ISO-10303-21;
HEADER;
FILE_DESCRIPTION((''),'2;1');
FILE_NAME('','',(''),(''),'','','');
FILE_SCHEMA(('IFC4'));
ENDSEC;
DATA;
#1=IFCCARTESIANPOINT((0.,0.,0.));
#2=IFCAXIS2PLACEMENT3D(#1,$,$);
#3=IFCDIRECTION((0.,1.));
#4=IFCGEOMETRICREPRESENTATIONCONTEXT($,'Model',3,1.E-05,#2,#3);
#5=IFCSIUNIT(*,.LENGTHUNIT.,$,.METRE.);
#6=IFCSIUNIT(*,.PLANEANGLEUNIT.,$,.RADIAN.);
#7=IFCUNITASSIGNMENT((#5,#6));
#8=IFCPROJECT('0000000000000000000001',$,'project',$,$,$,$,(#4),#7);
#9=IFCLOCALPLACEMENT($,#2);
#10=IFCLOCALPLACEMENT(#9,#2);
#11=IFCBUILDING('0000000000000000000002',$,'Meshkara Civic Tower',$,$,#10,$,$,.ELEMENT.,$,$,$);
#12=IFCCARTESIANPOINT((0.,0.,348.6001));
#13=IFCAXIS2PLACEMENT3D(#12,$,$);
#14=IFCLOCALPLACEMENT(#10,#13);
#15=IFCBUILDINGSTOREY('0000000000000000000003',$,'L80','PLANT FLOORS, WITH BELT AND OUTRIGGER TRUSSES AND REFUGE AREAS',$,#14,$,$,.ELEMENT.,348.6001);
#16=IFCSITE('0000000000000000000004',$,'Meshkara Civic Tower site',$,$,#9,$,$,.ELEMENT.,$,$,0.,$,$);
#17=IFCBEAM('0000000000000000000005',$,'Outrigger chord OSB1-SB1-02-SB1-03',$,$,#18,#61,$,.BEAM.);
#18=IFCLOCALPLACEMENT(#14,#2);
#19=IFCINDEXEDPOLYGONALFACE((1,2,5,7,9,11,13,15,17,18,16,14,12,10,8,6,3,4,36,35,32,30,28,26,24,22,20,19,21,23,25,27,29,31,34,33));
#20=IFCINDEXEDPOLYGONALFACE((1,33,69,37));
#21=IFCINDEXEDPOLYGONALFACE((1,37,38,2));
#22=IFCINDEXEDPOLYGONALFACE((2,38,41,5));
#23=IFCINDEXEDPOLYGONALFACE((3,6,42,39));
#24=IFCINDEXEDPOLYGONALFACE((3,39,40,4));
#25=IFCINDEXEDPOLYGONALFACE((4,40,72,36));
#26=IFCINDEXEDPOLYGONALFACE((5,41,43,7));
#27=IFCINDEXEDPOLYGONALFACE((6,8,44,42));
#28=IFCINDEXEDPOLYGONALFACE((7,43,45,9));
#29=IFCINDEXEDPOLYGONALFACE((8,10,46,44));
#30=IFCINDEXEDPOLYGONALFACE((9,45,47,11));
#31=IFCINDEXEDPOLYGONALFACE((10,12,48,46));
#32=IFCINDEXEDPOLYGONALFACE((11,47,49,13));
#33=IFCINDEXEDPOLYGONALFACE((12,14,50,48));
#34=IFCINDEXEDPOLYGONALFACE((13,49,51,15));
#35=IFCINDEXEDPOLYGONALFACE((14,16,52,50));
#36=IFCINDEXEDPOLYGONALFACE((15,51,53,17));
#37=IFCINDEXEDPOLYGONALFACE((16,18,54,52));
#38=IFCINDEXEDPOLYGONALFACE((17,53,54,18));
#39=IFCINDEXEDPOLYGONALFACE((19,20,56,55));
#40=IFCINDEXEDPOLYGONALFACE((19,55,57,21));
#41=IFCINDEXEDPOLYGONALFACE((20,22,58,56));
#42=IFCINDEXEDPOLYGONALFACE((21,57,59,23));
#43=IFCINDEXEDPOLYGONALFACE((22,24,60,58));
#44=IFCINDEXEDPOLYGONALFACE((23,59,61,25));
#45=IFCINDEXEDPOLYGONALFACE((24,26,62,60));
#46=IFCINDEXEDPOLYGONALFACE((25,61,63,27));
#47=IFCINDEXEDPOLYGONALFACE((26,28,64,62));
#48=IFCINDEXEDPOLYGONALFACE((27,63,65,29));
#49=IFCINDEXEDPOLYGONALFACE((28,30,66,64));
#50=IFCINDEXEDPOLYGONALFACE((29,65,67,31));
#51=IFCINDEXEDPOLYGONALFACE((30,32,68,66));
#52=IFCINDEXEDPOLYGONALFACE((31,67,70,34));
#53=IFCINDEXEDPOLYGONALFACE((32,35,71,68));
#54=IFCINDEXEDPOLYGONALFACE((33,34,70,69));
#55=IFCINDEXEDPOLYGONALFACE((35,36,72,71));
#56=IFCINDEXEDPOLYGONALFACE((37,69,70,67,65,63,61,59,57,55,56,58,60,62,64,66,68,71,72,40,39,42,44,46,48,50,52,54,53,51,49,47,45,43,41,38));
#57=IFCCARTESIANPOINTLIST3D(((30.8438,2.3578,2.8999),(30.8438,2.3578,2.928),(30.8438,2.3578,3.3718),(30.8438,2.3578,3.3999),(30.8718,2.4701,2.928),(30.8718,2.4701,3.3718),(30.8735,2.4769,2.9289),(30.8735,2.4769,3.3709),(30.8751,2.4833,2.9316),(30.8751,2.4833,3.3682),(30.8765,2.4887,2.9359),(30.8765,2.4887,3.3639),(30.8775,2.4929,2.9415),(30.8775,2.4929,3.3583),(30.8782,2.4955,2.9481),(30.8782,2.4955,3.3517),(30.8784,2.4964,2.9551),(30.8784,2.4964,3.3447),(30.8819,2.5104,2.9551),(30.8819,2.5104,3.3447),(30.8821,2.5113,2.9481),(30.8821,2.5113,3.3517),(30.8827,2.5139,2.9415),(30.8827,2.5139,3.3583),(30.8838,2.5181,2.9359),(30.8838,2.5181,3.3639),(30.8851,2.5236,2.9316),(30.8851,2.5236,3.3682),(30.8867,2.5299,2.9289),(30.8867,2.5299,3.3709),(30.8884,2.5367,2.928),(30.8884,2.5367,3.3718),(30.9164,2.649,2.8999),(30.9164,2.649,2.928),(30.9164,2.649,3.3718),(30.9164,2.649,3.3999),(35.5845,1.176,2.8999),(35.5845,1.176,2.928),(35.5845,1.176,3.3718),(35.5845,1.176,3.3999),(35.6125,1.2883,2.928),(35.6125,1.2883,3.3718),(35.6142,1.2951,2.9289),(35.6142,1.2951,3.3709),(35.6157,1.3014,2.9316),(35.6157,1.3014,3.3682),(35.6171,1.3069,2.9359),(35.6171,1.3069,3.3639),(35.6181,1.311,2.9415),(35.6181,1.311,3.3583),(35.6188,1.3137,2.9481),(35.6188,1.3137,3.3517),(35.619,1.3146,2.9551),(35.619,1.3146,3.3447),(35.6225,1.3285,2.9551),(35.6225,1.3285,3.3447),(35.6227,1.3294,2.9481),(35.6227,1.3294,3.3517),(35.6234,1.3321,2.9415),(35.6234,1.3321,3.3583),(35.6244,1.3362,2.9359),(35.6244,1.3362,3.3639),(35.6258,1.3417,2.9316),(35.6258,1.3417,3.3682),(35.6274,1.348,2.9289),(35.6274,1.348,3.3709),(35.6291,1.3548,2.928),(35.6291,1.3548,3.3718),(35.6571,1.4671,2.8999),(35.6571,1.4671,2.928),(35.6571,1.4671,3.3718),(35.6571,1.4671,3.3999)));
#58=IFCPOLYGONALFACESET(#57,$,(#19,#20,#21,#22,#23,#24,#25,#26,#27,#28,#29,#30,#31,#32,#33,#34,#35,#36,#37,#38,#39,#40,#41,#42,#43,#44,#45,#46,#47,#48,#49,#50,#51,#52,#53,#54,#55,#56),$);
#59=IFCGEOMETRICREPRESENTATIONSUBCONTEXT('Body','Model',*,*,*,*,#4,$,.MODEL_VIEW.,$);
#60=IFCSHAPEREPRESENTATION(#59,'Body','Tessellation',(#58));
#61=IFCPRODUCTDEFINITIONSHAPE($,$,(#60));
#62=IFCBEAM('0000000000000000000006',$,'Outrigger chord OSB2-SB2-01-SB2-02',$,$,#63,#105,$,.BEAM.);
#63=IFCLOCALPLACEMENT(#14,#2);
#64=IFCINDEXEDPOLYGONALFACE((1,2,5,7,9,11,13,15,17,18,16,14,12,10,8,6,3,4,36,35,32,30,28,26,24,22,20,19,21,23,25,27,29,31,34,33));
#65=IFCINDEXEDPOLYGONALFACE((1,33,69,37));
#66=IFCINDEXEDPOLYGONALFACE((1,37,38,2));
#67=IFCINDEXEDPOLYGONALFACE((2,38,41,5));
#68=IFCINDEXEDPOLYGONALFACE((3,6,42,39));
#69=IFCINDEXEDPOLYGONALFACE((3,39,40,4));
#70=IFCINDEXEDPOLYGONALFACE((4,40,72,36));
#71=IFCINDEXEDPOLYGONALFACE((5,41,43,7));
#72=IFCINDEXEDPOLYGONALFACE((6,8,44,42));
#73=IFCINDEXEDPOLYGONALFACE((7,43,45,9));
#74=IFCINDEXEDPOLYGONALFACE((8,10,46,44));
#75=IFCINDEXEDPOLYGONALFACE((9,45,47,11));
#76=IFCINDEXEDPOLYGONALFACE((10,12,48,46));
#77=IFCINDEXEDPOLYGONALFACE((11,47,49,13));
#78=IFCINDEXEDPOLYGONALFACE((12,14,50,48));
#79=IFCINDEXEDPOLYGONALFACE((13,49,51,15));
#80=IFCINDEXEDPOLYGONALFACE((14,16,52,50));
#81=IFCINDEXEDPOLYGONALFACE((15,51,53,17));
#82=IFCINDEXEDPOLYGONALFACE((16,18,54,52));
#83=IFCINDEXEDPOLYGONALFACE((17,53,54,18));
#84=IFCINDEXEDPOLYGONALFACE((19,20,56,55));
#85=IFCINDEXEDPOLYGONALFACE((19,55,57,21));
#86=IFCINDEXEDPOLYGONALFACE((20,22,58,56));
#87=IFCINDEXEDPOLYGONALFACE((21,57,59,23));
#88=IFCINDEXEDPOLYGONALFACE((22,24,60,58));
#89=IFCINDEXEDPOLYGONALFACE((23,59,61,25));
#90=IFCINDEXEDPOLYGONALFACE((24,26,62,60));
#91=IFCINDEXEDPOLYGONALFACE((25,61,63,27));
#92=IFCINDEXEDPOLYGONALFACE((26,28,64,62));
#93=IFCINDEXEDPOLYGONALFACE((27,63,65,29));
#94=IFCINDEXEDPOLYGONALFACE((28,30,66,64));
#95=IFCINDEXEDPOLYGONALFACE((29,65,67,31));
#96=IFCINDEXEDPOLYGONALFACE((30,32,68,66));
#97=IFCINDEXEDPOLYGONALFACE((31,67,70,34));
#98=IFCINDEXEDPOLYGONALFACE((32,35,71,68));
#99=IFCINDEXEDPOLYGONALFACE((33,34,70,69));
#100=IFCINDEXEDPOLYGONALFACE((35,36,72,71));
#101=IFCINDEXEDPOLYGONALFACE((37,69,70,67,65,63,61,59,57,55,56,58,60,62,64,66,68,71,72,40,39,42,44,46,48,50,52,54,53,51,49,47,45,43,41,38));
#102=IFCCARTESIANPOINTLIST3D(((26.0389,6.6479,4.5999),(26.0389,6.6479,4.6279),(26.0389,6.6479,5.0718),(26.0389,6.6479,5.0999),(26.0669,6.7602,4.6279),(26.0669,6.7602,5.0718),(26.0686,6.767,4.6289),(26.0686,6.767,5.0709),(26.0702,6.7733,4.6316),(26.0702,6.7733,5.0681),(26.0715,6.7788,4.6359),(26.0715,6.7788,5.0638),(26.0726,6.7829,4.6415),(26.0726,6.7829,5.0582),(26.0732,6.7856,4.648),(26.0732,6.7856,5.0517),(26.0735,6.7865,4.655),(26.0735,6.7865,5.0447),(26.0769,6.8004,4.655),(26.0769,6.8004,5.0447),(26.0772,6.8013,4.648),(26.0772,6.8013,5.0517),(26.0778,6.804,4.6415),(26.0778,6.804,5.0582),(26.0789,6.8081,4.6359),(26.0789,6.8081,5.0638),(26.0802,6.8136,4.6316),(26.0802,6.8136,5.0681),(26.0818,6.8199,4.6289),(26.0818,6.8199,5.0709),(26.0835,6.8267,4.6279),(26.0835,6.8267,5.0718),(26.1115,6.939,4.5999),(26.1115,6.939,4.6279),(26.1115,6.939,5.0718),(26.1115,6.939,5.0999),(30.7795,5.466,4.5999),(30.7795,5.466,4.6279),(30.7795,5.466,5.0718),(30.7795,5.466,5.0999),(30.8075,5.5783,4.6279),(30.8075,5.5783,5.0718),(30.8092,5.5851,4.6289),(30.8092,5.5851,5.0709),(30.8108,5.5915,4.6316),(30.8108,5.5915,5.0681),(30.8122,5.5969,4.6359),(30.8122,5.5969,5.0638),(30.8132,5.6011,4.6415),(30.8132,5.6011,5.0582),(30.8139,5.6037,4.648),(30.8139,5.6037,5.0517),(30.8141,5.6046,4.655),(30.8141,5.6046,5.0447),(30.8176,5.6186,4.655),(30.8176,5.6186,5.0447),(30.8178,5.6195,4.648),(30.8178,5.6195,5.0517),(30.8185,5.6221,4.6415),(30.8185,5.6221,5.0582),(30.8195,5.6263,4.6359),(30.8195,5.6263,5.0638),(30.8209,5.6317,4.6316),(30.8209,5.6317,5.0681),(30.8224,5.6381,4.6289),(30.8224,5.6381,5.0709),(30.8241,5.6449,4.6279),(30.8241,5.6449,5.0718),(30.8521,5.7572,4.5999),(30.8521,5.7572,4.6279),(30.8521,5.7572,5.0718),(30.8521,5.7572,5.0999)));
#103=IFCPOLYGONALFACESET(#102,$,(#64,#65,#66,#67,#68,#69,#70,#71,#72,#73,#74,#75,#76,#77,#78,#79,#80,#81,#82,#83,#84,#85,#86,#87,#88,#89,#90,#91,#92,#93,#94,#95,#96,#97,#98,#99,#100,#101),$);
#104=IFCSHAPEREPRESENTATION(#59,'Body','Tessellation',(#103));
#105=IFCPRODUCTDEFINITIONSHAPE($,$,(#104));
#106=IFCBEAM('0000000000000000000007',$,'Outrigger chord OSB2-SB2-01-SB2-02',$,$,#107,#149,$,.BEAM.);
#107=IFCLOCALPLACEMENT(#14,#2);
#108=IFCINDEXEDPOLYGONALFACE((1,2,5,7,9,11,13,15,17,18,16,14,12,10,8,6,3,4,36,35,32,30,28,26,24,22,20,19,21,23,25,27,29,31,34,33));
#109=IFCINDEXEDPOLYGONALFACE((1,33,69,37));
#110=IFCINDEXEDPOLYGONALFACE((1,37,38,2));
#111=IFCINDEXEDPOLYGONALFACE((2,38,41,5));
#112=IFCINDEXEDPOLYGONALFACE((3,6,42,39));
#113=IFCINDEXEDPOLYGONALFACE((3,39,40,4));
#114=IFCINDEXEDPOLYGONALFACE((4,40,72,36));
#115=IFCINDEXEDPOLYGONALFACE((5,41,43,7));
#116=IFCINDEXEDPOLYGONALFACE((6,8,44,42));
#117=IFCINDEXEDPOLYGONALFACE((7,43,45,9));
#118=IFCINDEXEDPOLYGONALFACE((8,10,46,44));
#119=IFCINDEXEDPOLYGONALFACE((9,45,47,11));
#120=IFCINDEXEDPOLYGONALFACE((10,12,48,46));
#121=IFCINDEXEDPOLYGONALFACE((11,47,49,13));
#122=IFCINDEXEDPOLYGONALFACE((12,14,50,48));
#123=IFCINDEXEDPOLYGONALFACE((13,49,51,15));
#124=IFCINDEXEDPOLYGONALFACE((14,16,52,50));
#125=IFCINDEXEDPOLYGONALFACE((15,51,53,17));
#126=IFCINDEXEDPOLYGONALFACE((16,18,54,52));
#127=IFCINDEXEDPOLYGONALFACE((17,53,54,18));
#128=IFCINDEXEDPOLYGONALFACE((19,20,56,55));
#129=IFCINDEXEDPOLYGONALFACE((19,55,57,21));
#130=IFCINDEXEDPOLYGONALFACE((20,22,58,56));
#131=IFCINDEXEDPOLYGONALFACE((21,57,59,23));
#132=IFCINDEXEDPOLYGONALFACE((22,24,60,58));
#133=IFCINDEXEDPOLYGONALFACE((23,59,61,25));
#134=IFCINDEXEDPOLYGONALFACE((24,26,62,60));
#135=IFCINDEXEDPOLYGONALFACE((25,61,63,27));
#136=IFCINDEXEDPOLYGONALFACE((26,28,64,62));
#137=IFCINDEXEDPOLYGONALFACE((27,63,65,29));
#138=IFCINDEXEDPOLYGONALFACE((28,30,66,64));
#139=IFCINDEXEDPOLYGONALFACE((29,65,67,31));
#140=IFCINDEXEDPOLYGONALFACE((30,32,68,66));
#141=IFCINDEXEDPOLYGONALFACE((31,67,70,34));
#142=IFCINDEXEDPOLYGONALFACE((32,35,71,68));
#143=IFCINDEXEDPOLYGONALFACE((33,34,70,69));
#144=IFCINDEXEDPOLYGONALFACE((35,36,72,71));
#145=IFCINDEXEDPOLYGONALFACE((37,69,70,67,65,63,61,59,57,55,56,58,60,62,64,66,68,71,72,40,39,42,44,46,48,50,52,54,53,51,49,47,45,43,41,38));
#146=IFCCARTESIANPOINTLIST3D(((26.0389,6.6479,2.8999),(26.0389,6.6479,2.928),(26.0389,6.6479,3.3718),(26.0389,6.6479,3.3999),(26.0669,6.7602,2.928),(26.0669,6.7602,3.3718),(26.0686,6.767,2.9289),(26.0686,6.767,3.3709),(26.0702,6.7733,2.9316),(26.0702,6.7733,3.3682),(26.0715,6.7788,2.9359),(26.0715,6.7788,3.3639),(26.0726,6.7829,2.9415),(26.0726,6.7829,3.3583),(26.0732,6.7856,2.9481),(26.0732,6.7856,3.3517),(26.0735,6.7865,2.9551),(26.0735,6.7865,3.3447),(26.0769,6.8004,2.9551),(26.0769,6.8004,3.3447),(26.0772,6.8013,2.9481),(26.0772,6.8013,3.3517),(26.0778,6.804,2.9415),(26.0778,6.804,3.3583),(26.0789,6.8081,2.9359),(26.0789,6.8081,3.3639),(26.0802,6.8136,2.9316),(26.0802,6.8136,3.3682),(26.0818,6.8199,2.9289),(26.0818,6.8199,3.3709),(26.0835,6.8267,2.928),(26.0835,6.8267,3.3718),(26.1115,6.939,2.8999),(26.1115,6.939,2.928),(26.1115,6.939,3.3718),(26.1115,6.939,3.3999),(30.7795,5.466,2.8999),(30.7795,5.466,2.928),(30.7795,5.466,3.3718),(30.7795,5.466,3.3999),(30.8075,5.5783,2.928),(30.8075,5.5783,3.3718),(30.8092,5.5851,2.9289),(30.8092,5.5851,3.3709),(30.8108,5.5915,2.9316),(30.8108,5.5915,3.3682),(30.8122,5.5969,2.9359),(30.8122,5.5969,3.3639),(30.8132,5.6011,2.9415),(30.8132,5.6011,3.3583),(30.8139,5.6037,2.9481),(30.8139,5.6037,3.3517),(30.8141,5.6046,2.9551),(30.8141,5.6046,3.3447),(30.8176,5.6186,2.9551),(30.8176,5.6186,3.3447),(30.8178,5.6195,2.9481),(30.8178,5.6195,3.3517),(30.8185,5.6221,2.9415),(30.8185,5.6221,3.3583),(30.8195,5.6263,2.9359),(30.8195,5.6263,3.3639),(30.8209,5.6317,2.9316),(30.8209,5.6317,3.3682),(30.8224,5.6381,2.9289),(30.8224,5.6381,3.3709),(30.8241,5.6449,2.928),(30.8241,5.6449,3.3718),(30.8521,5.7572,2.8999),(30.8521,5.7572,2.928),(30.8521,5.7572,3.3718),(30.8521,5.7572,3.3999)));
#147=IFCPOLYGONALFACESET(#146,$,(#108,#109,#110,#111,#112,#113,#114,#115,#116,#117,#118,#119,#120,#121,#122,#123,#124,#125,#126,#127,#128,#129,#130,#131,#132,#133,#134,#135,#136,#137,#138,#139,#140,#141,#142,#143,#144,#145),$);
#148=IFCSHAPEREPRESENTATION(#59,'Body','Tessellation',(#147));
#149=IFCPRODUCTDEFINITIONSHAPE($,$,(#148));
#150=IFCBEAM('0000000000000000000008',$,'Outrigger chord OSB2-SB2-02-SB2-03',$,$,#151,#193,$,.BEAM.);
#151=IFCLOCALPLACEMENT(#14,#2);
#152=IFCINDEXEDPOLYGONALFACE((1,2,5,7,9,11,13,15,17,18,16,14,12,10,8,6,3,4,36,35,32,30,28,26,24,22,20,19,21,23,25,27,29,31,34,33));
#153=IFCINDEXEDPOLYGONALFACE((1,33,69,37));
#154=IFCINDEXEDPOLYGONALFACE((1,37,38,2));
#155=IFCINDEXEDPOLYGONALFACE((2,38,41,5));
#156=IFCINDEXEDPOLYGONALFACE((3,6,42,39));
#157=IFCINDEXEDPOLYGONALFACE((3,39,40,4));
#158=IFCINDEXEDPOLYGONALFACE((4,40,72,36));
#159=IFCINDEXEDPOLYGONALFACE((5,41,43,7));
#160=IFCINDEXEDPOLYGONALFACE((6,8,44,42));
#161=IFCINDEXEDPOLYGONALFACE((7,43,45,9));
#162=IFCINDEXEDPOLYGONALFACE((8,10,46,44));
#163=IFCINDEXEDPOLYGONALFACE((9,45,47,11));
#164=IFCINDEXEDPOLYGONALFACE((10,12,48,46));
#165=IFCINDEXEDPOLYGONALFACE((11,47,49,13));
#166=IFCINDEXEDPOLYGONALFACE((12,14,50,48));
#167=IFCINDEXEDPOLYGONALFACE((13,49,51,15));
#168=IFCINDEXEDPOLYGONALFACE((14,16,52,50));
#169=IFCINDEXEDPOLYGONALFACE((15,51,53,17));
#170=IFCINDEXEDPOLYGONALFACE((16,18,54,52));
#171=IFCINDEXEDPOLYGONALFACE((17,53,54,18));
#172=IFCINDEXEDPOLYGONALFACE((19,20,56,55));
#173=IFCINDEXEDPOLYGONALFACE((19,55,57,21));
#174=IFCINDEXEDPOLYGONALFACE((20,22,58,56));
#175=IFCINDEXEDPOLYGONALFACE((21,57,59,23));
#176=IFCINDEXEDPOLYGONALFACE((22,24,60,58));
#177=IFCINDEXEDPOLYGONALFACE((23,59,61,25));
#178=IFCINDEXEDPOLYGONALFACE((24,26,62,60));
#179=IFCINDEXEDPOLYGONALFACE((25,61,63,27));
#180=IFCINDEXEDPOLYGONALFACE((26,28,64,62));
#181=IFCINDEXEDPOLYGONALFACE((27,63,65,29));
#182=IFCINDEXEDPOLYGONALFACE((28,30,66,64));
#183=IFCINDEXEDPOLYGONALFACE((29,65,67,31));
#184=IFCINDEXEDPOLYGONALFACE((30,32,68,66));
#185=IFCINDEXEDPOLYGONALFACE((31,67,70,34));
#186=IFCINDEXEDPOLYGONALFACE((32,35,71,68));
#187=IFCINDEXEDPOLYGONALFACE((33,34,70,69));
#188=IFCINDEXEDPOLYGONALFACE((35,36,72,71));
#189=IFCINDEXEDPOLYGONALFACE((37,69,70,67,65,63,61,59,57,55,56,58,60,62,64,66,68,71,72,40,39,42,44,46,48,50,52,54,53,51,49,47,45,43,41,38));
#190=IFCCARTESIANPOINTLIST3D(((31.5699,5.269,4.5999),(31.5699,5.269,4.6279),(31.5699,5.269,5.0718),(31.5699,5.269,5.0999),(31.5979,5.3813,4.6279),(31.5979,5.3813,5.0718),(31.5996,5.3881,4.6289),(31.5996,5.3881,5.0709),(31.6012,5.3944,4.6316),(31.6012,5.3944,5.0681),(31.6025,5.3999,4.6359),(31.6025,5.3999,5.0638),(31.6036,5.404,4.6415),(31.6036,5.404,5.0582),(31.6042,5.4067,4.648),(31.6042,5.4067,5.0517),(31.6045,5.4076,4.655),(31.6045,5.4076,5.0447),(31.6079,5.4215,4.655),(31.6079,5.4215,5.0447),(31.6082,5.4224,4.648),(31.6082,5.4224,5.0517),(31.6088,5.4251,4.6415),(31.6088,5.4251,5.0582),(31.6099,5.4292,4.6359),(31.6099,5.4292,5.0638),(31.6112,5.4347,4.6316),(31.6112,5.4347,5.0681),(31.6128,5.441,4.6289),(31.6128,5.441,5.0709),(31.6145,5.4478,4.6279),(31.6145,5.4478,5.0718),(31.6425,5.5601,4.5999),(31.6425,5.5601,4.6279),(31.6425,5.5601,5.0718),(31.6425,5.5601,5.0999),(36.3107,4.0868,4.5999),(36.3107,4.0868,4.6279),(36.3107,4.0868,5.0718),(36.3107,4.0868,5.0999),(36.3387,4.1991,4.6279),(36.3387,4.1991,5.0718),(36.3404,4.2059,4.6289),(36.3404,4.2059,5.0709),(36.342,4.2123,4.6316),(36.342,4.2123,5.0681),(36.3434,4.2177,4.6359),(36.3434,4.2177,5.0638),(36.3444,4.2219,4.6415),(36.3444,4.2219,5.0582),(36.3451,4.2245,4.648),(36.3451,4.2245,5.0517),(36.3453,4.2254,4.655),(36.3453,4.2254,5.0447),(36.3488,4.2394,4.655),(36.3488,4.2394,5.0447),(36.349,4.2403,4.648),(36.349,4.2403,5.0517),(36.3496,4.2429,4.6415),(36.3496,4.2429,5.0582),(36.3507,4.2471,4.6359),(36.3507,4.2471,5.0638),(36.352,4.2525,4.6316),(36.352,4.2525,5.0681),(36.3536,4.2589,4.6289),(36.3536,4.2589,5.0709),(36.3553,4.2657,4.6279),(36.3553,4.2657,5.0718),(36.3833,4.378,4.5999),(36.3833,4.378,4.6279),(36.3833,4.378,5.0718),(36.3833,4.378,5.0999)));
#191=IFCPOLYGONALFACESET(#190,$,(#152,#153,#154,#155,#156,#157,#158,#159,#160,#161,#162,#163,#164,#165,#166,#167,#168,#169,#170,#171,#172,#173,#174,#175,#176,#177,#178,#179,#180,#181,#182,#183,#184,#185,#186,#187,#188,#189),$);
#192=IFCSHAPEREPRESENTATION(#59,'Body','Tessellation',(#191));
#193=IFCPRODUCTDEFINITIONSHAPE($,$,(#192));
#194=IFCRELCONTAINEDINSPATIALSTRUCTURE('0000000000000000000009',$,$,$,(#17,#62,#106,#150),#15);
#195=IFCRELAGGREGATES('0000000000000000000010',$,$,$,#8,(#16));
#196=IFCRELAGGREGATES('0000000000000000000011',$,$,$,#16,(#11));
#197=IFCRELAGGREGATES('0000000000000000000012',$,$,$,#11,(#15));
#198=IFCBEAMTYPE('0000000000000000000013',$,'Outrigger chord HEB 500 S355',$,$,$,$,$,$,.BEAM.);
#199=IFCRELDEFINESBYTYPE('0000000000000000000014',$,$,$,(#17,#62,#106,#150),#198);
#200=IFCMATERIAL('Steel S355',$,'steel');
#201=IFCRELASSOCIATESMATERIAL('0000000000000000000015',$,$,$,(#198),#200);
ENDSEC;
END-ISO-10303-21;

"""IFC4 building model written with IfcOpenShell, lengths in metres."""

from ifc_helpers import new_model, si_unit, direction, frame, origin, origin_2d, place, context, subcontext, project, spatial, i_section, extrude, material, material_profile, profile_set, type_object, element, save


model = new_model("IFC4")

# Units and contexts
model_context = context("Model", 3, precision=1e-05, world=origin(), true_north=direction((0.0, 1.0)))
body_context = subcontext(model_context, "Body", "Model", "MODEL_VIEW")
ifc_project = project(units=[si_unit("LENGTHUNIT", "METRE"), si_unit("PLANEANGLEUNIT", "RADIAN")], contexts=[model_context])

# Site, building, storey
site_placement = place(None, origin())
site = spatial("IfcSite", under=ifc_project, at=site_placement, Name="Meshkara Civic Tower site", CompositionType="ELEMENT", RefElevation=0.0)
building_placement = place(site_placement, origin())
building = spatial("IfcBuilding", under=site, at=building_placement, Name="Meshkara Civic Tower", CompositionType="ELEMENT")
storey_placement = place(building_placement, frame((0.0, 0.0, 348.6001)))
storey = spatial("IfcBuildingStorey", under=building, at=storey_placement, Name="L80", Description="PLANT FLOORS, WITH BELT AND OUTRIGGER TRUSSES AND REFUGE AREAS", CompositionType="ELEMENT", Elevation=348.6001)

# Beams
ifc_material_1 = material(Name="Steel S355", Category="steel")
ifc_material_profile_1 = material_profile(ifc_material_1, i_section(OverallWidth=0.3, OverallDepth=0.5, WebThickness=0.0144, FlangeThickness=0.0281, FilletRadius=0.0271, at=origin_2d()))
ifc_profile_set_1 = profile_set([ifc_material_profile_1], Name="Steel S355")
beam_type = type_object("IfcBeamType", Name="Outrigger chord HEB 500 S355", PredefinedType="BEAM", material=ifc_profile_set_1)
for number, where, z_axis, x_axis, name in (
    (1, (30.8801, 2.5034, 3.1499), (0.970301, -0.241901, 0.0), (0.241901, 0.970301, 0.0), "Outrigger chord OSB1-SB1-02-SB1-03"),
    (2, (26.0752, 6.7935, 4.8499), (0.970301, -0.241901, 0.0), (0.241901, 0.970301, 0.0), "Outrigger chord OSB2-SB2-01-SB2-02"),
    (3, (26.0752, 6.7935, 3.1499), (0.970301, -0.241901, 0.0), (0.241901, 0.970301, 0.0), "Outrigger chord OSB2-SB2-01-SB2-02"),
):
    element("IfcBeam", number, at=place(storey_placement, frame(where, z_axis=z_axis, x_axis=x_axis)), inside=storey, type_object=beam_type, Name=name, PredefinedType="BEAM", context=body_context, shape_type="SweptSolid", body=[
        extrude(i_section(OverallWidth=0.3, OverallDepth=0.5, WebThickness=0.0144, FlangeThickness=0.0281, FilletRadius=0.0271, at=origin_2d()), origin(), (0.0, 0.0, 1.0), 4.8857),
    ])
for number, where, z_axis, x_axis, name in (
    (4, (31.6062, 5.4146, 4.8499), (0.970289, -0.241948, 0.0), (0.241948, 0.970289, 0.0), "Outrigger chord OSB2-SB2-02-SB2-03"),
):
    element("IfcBeam", number, at=place(storey_placement, frame(where, z_axis=z_axis, x_axis=x_axis)), inside=storey, type_object=beam_type, Name=name, PredefinedType="BEAM", context=body_context, shape_type="SweptSolid", body=[
        extrude(i_section(OverallWidth=0.3, OverallDepth=0.5, WebThickness=0.0144, FlangeThickness=0.0281, FilletRadius=0.0271, at=origin_2d()), origin(), (0.0, 0.0, 1.0), 4.886),
    ])

save(model, "model.ifc")
